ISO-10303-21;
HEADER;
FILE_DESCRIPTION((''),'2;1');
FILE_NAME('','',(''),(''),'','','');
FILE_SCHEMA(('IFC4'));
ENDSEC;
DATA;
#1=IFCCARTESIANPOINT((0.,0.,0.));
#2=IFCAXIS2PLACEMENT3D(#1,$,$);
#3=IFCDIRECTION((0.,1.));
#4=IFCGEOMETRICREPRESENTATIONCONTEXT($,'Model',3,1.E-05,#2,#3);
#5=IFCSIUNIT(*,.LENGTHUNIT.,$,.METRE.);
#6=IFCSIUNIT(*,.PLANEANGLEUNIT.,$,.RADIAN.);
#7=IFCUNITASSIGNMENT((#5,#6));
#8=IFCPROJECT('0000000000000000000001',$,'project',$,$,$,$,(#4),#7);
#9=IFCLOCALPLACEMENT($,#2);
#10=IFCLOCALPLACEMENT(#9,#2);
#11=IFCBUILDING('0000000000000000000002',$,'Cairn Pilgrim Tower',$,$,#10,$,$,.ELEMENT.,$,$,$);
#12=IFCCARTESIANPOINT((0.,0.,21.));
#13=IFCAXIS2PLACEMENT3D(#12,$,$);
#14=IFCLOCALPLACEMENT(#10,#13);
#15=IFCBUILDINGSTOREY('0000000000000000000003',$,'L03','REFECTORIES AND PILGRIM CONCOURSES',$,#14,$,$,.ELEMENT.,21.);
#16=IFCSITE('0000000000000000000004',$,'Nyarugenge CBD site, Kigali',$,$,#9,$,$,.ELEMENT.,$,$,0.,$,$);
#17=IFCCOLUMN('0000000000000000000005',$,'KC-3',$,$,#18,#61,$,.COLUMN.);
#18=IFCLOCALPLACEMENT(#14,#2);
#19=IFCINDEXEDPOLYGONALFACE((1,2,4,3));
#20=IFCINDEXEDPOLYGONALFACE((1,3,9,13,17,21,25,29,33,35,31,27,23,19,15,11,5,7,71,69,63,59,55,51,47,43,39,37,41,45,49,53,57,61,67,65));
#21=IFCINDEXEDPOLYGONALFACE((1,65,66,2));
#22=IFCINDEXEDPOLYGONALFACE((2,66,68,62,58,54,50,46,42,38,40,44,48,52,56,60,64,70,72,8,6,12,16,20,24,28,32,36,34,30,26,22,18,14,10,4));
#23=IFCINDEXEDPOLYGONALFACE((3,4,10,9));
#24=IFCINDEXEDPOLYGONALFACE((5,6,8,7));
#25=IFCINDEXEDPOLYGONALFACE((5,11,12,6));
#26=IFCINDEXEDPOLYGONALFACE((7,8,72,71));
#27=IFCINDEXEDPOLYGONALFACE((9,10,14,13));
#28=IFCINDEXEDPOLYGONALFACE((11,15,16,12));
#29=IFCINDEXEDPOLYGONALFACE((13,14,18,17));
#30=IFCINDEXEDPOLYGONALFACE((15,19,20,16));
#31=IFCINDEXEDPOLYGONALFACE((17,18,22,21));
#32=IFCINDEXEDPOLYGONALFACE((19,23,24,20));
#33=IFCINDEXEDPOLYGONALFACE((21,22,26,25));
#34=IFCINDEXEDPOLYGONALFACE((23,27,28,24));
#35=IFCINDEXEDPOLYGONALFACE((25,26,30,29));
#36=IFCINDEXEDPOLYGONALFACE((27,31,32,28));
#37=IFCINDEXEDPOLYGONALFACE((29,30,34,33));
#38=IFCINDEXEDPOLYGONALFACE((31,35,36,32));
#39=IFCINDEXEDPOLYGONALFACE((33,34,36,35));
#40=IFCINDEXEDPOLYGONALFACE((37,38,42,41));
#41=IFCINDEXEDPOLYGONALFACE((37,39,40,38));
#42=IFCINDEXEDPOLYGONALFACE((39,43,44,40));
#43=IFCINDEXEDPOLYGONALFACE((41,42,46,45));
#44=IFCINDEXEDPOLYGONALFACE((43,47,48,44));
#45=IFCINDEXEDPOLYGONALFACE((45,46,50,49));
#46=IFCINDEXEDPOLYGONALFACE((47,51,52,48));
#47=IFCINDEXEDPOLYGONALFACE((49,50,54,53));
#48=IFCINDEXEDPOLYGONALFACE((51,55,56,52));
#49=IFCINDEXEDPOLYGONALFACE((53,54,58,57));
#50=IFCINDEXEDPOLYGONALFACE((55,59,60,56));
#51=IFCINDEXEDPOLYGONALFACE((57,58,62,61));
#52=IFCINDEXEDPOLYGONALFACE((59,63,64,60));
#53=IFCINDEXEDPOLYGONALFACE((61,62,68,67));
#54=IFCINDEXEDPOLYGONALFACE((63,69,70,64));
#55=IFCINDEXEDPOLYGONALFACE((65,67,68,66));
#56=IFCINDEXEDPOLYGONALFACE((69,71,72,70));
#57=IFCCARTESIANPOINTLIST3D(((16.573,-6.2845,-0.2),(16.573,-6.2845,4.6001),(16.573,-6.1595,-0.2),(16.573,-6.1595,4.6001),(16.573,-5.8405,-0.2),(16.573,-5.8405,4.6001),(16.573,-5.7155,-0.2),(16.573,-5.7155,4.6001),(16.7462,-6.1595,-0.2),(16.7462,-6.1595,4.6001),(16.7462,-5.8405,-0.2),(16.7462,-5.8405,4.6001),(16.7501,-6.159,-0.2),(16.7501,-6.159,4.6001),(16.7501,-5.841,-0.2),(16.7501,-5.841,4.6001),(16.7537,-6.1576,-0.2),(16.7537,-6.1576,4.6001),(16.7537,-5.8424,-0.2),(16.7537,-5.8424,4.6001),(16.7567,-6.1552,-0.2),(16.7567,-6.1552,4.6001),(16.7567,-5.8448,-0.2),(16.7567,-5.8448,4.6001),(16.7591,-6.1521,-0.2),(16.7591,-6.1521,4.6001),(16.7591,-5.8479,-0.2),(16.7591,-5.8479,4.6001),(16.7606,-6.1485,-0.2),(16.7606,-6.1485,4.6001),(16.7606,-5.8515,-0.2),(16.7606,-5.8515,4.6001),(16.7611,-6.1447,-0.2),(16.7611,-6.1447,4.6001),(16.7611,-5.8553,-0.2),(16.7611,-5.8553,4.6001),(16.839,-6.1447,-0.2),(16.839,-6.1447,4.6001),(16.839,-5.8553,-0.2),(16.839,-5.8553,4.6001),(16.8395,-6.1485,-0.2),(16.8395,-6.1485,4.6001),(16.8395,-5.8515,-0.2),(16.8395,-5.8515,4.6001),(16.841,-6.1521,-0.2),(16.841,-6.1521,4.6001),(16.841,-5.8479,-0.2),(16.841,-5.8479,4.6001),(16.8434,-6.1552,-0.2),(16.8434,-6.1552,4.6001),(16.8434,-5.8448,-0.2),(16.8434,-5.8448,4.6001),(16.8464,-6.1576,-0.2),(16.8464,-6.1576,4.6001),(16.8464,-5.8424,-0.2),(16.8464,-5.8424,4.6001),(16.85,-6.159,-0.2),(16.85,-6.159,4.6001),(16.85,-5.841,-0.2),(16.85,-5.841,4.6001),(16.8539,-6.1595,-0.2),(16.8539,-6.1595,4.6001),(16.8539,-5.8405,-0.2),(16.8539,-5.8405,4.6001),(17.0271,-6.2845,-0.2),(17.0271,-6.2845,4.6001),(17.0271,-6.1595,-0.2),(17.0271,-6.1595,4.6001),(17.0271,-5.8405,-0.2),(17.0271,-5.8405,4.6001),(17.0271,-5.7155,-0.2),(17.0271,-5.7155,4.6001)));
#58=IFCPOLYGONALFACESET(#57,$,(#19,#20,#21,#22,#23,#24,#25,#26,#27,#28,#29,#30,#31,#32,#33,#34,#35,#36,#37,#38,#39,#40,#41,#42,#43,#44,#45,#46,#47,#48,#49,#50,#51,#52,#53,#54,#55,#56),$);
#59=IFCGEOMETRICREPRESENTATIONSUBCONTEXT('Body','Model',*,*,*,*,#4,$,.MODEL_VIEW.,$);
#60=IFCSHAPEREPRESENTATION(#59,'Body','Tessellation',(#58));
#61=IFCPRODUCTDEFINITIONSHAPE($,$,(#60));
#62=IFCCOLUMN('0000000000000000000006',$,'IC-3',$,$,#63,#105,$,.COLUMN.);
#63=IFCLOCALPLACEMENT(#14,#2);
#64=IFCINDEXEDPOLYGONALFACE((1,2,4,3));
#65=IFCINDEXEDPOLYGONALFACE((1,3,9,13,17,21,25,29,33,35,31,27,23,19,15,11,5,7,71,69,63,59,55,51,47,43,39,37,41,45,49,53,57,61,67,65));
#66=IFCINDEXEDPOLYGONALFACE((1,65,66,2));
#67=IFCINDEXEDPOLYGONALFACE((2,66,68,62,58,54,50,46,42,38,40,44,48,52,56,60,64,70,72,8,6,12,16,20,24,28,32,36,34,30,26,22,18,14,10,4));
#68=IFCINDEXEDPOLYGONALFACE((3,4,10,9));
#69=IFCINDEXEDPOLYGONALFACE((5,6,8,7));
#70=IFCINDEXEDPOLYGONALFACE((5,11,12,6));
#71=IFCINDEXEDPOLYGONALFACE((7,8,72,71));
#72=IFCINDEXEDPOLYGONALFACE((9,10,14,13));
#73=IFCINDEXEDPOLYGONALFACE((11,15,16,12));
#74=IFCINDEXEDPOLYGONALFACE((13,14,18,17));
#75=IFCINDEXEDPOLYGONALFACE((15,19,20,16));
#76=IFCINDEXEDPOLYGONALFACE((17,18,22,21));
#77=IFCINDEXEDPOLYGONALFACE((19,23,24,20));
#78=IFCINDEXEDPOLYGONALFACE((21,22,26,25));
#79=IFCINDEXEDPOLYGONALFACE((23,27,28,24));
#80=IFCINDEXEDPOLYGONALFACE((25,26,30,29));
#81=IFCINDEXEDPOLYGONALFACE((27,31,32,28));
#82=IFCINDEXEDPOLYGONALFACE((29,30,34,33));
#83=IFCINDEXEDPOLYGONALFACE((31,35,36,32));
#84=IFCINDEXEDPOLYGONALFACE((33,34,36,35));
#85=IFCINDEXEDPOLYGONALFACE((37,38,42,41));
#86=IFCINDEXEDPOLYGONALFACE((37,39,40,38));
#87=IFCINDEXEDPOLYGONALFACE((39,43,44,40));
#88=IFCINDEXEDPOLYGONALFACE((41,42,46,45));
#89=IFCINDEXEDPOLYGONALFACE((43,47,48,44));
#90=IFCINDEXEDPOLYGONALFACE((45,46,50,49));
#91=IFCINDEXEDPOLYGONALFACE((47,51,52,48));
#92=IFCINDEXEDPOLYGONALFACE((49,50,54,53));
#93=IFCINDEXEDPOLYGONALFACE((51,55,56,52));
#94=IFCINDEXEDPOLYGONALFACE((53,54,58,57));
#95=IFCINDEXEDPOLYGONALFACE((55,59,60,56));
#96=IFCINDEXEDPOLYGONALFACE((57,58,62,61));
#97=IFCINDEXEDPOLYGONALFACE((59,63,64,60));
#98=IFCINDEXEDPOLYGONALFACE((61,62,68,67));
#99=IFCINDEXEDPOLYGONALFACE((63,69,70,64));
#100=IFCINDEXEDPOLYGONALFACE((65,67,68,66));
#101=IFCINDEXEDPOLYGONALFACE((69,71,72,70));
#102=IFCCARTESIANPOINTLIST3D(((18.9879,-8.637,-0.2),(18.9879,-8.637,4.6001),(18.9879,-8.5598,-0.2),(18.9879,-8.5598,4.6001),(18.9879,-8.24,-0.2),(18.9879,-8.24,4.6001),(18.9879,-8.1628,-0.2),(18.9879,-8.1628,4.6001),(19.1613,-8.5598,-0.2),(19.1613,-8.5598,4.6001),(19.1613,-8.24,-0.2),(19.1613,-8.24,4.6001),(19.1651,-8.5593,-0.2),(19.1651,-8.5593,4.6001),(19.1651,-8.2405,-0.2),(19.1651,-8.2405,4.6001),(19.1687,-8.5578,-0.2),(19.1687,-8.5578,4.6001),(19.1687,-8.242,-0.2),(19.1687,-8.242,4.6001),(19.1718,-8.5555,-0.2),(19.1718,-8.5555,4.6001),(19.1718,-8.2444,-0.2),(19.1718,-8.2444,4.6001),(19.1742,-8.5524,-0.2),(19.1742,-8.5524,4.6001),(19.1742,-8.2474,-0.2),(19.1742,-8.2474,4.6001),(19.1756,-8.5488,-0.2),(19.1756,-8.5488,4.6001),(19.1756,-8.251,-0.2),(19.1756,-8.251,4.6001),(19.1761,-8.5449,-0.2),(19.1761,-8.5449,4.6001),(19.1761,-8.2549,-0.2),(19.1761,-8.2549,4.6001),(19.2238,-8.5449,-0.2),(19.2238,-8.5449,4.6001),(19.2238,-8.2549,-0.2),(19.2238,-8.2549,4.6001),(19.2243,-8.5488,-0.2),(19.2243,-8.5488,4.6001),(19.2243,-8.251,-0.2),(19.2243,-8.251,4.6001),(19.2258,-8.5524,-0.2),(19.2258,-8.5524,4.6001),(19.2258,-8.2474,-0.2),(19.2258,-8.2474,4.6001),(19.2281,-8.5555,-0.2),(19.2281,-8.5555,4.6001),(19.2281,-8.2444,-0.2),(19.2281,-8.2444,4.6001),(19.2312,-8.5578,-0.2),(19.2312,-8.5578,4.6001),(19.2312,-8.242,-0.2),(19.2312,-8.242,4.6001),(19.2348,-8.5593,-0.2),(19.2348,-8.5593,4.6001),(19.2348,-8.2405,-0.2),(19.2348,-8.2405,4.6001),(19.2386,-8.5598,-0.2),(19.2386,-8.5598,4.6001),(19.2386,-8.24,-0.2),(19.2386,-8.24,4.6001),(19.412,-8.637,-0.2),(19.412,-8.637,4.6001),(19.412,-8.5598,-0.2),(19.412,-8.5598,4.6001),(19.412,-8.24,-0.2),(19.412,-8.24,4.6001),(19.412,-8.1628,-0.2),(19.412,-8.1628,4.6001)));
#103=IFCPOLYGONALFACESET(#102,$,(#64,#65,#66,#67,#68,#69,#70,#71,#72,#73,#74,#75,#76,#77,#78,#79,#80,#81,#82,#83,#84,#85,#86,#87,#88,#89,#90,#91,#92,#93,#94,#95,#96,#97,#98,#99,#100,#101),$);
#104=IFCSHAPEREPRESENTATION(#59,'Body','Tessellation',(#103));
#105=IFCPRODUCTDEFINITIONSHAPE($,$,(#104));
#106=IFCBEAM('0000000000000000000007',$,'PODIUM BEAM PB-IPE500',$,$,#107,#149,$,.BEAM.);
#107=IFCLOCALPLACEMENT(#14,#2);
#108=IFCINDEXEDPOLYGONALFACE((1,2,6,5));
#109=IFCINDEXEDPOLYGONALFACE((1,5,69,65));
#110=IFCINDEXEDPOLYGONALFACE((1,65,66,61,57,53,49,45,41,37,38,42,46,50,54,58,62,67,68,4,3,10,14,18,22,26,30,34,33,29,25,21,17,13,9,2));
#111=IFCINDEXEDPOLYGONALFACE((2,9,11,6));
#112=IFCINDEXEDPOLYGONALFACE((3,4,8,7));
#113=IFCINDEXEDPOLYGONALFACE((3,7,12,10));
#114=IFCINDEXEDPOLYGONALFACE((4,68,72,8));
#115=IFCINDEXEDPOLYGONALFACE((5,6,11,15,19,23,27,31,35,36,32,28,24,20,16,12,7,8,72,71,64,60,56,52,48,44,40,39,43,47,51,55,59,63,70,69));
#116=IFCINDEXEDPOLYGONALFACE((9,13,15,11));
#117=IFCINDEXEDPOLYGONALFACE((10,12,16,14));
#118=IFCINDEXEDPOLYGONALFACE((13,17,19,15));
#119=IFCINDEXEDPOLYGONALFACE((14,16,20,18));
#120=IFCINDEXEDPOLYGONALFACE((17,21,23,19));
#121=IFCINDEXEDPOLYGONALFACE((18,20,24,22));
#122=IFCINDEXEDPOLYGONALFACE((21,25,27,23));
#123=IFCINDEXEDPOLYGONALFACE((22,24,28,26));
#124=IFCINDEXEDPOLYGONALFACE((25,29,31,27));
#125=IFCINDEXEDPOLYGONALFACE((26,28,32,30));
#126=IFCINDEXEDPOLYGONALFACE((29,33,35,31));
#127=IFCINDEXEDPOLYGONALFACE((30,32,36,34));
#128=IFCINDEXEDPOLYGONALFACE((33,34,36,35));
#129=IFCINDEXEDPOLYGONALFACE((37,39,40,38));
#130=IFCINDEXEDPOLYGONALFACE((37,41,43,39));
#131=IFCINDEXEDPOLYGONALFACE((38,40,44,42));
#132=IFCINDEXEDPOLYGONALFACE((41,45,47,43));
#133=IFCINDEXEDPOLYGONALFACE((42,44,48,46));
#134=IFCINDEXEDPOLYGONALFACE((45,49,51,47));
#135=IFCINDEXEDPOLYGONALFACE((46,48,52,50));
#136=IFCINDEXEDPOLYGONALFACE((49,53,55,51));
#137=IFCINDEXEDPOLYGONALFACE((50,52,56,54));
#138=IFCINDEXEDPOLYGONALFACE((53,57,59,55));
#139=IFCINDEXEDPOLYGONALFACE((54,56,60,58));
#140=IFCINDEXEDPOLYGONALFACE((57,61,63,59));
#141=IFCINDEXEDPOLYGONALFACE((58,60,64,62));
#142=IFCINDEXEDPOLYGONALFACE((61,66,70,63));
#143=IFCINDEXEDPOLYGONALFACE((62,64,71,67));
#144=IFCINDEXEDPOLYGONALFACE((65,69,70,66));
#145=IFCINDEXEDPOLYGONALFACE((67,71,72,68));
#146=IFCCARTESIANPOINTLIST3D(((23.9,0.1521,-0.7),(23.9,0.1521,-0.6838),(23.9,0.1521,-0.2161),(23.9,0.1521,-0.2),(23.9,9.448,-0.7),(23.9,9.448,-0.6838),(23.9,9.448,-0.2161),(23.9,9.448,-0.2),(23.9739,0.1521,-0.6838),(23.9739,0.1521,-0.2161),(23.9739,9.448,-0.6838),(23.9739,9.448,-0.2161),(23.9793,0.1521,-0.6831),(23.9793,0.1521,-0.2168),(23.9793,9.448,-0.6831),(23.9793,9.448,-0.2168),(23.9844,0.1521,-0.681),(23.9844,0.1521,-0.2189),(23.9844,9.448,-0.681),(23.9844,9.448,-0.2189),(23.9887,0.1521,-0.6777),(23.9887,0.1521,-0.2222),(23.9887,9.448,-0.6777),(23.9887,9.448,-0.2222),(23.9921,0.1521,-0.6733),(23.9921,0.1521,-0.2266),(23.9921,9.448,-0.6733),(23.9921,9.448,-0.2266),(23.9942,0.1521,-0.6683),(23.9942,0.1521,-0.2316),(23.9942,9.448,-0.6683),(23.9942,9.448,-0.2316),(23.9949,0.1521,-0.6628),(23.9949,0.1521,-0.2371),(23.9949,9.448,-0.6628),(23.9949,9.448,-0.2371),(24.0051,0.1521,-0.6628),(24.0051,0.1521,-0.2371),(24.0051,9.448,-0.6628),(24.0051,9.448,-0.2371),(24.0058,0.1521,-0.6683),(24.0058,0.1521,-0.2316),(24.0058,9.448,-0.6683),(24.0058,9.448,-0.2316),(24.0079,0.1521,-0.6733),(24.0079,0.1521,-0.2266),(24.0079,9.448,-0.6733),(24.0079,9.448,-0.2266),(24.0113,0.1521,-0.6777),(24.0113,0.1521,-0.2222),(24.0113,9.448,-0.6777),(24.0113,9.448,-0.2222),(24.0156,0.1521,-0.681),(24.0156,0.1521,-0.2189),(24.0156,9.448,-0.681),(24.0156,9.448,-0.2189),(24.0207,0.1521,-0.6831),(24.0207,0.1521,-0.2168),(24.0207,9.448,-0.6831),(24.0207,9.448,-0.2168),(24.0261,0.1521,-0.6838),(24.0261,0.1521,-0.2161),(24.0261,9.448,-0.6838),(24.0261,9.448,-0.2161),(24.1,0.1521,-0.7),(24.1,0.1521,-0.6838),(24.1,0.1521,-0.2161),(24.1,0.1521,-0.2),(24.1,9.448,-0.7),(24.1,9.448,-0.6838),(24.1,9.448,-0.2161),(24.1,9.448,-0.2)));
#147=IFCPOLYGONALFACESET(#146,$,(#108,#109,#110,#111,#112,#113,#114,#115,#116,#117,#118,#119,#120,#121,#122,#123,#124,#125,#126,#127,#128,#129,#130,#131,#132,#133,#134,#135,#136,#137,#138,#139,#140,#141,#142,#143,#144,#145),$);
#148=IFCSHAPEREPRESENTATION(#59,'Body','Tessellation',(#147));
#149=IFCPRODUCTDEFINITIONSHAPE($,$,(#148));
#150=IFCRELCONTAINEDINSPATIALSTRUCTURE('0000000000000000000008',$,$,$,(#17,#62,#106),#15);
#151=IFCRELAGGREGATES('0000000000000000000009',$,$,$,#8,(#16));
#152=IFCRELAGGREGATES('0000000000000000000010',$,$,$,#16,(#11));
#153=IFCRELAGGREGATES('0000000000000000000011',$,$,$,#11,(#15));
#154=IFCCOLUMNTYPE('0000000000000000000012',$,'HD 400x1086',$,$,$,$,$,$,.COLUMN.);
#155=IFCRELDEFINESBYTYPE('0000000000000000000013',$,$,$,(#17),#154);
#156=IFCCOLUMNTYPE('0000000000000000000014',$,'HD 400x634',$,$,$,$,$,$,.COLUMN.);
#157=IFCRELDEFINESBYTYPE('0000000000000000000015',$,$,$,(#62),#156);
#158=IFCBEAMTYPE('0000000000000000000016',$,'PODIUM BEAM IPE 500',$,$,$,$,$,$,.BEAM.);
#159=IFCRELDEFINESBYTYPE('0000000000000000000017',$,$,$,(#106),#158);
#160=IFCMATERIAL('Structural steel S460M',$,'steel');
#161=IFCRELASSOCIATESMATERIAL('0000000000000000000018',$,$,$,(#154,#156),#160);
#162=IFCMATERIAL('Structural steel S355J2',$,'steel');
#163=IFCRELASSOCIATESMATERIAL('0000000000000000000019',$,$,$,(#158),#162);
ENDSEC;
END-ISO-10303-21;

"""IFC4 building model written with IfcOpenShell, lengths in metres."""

from ifc_helpers import new_model, si_unit, direction, frame, origin, origin_2d, place, context, subcontext, project, spatial, i_section, extrude, material, material_profile, profile_set, type_object, element, save


model = new_model("IFC4")

# Units and contexts
model_context = context("Model", 3, precision=1e-05, world=origin(), true_north=direction((0.0, 1.0)))
body_context = subcontext(model_context, "Body", "Model", "MODEL_VIEW")
ifc_project = project(units=[si_unit("LENGTHUNIT", "METRE"), si_unit("PLANEANGLEUNIT", "RADIAN")], contexts=[model_context])

# Site, building, storey
site_placement = place(None, origin())
site = spatial("IfcSite", under=ifc_project, at=site_placement, Name="Nyarugenge CBD site, Kigali", CompositionType="ELEMENT", RefElevation=0.0)
building_placement = place(site_placement, origin())
building = spatial("IfcBuilding", under=site, at=building_placement, Name="Cairn Pilgrim Tower", CompositionType="ELEMENT")
storey_placement = place(building_placement, frame((0.0, 0.0, 21.0)))
storey = spatial("IfcBuildingStorey", under=building, at=storey_placement, Name="L03", Description="REFECTORIES AND PILGRIM CONCOURSES", CompositionType="ELEMENT", Elevation=21.0)

# Columns
ifc_material_1 = material(Name="Structural steel S460M", Category="steel")
ifc_material_profile_1 = material_profile(ifc_material_1, i_section(OverallWidth=0.4541, OverallDepth=0.5691, WebThickness=0.0779, FlangeThickness=0.125, FilletRadius=0.0149, at=origin_2d()), Name="HD 400x1086")
ifc_profile_set_1 = profile_set([ifc_material_profile_1], Name="Structural steel S460M")
column_type_1 = type_object("IfcColumnType", Name="HD 400x1086", PredefinedType="COLUMN", material=ifc_profile_set_1)
column_1_placement = place(storey_placement, frame((16.8, -6.0, -0.2), z_axis=(0.0, 0.0, 1.0), x_axis=(1.0, 0.0, 0.0)))
element("IfcColumn", 1, at=column_1_placement, inside=storey, type_object=column_type_1, Name="KC-3", PredefinedType="COLUMN", context=body_context, shape_type="SweptSolid", body=[
    extrude(i_section(OverallWidth=0.4541, OverallDepth=0.5691, WebThickness=0.0779, FlangeThickness=0.125, FilletRadius=0.0149, at=origin_2d()), origin(), (0.0, 0.0, 1.0), 4.8),
])
ifc_material_profile_2 = material_profile(ifc_material_1, i_section(OverallWidth=0.4241, OverallDepth=0.4741, WebThickness=0.0476, FlangeThickness=0.0771, FilletRadius=0.0149, at=origin_2d()), Name="HD 400x634")
ifc_profile_set_2 = profile_set([ifc_material_profile_2], Name="Structural steel S460M")
column_type_2 = type_object("IfcColumnType", Name="HD 400x634", PredefinedType="COLUMN", material=ifc_profile_set_2)
column_2_placement = place(storey_placement, frame((19.2, -8.3999, -0.2), z_axis=(0.0, 0.0, 1.0), x_axis=(1.0, 0.0, 0.0)))
element("IfcColumn", 2, at=column_2_placement, inside=storey, type_object=column_type_2, Name="IC-3", PredefinedType="COLUMN", context=body_context, shape_type="SweptSolid", body=[
    extrude(i_section(OverallWidth=0.4241, OverallDepth=0.4741, WebThickness=0.0476, FlangeThickness=0.0771, FilletRadius=0.0149, at=origin_2d()), origin(), (0.0, 0.0, 1.0), 4.8),
])

# Beam
ifc_material_2 = material(Name="Structural steel S355J2", Category="steel")
ifc_material_profile_3 = material_profile(ifc_material_2, i_section(OverallWidth=0.2, OverallDepth=0.5, WebThickness=0.0103, FlangeThickness=0.0161, FilletRadius=0.021, at=origin_2d()), Name="IPE 500")
ifc_profile_set_3 = profile_set([ifc_material_profile_3], Name="Structural steel S355J2")
beam_type_1 = type_object("IfcBeamType", Name="PODIUM BEAM IPE 500", PredefinedType="BEAM", material=ifc_profile_set_3)
beam_1_placement = place(storey_placement, frame((24.0, 0.1521, -0.45), z_axis=(0.0, 1.0, 0.0), x_axis=(-1.0, 0.0, 0.0)))
element("IfcBeam", 3, at=beam_1_placement, inside=storey, type_object=beam_type_1, Name="PODIUM BEAM PB-IPE500", PredefinedType="BEAM", context=body_context, shape_type="SweptSolid", body=[
    extrude(i_section(OverallWidth=0.2, OverallDepth=0.5, WebThickness=0.0103, FlangeThickness=0.0161, FilletRadius=0.021, at=origin_2d()), origin(), (0.0, 0.0, 1.0), 9.2959),
])

save(model, "model.ifc")
